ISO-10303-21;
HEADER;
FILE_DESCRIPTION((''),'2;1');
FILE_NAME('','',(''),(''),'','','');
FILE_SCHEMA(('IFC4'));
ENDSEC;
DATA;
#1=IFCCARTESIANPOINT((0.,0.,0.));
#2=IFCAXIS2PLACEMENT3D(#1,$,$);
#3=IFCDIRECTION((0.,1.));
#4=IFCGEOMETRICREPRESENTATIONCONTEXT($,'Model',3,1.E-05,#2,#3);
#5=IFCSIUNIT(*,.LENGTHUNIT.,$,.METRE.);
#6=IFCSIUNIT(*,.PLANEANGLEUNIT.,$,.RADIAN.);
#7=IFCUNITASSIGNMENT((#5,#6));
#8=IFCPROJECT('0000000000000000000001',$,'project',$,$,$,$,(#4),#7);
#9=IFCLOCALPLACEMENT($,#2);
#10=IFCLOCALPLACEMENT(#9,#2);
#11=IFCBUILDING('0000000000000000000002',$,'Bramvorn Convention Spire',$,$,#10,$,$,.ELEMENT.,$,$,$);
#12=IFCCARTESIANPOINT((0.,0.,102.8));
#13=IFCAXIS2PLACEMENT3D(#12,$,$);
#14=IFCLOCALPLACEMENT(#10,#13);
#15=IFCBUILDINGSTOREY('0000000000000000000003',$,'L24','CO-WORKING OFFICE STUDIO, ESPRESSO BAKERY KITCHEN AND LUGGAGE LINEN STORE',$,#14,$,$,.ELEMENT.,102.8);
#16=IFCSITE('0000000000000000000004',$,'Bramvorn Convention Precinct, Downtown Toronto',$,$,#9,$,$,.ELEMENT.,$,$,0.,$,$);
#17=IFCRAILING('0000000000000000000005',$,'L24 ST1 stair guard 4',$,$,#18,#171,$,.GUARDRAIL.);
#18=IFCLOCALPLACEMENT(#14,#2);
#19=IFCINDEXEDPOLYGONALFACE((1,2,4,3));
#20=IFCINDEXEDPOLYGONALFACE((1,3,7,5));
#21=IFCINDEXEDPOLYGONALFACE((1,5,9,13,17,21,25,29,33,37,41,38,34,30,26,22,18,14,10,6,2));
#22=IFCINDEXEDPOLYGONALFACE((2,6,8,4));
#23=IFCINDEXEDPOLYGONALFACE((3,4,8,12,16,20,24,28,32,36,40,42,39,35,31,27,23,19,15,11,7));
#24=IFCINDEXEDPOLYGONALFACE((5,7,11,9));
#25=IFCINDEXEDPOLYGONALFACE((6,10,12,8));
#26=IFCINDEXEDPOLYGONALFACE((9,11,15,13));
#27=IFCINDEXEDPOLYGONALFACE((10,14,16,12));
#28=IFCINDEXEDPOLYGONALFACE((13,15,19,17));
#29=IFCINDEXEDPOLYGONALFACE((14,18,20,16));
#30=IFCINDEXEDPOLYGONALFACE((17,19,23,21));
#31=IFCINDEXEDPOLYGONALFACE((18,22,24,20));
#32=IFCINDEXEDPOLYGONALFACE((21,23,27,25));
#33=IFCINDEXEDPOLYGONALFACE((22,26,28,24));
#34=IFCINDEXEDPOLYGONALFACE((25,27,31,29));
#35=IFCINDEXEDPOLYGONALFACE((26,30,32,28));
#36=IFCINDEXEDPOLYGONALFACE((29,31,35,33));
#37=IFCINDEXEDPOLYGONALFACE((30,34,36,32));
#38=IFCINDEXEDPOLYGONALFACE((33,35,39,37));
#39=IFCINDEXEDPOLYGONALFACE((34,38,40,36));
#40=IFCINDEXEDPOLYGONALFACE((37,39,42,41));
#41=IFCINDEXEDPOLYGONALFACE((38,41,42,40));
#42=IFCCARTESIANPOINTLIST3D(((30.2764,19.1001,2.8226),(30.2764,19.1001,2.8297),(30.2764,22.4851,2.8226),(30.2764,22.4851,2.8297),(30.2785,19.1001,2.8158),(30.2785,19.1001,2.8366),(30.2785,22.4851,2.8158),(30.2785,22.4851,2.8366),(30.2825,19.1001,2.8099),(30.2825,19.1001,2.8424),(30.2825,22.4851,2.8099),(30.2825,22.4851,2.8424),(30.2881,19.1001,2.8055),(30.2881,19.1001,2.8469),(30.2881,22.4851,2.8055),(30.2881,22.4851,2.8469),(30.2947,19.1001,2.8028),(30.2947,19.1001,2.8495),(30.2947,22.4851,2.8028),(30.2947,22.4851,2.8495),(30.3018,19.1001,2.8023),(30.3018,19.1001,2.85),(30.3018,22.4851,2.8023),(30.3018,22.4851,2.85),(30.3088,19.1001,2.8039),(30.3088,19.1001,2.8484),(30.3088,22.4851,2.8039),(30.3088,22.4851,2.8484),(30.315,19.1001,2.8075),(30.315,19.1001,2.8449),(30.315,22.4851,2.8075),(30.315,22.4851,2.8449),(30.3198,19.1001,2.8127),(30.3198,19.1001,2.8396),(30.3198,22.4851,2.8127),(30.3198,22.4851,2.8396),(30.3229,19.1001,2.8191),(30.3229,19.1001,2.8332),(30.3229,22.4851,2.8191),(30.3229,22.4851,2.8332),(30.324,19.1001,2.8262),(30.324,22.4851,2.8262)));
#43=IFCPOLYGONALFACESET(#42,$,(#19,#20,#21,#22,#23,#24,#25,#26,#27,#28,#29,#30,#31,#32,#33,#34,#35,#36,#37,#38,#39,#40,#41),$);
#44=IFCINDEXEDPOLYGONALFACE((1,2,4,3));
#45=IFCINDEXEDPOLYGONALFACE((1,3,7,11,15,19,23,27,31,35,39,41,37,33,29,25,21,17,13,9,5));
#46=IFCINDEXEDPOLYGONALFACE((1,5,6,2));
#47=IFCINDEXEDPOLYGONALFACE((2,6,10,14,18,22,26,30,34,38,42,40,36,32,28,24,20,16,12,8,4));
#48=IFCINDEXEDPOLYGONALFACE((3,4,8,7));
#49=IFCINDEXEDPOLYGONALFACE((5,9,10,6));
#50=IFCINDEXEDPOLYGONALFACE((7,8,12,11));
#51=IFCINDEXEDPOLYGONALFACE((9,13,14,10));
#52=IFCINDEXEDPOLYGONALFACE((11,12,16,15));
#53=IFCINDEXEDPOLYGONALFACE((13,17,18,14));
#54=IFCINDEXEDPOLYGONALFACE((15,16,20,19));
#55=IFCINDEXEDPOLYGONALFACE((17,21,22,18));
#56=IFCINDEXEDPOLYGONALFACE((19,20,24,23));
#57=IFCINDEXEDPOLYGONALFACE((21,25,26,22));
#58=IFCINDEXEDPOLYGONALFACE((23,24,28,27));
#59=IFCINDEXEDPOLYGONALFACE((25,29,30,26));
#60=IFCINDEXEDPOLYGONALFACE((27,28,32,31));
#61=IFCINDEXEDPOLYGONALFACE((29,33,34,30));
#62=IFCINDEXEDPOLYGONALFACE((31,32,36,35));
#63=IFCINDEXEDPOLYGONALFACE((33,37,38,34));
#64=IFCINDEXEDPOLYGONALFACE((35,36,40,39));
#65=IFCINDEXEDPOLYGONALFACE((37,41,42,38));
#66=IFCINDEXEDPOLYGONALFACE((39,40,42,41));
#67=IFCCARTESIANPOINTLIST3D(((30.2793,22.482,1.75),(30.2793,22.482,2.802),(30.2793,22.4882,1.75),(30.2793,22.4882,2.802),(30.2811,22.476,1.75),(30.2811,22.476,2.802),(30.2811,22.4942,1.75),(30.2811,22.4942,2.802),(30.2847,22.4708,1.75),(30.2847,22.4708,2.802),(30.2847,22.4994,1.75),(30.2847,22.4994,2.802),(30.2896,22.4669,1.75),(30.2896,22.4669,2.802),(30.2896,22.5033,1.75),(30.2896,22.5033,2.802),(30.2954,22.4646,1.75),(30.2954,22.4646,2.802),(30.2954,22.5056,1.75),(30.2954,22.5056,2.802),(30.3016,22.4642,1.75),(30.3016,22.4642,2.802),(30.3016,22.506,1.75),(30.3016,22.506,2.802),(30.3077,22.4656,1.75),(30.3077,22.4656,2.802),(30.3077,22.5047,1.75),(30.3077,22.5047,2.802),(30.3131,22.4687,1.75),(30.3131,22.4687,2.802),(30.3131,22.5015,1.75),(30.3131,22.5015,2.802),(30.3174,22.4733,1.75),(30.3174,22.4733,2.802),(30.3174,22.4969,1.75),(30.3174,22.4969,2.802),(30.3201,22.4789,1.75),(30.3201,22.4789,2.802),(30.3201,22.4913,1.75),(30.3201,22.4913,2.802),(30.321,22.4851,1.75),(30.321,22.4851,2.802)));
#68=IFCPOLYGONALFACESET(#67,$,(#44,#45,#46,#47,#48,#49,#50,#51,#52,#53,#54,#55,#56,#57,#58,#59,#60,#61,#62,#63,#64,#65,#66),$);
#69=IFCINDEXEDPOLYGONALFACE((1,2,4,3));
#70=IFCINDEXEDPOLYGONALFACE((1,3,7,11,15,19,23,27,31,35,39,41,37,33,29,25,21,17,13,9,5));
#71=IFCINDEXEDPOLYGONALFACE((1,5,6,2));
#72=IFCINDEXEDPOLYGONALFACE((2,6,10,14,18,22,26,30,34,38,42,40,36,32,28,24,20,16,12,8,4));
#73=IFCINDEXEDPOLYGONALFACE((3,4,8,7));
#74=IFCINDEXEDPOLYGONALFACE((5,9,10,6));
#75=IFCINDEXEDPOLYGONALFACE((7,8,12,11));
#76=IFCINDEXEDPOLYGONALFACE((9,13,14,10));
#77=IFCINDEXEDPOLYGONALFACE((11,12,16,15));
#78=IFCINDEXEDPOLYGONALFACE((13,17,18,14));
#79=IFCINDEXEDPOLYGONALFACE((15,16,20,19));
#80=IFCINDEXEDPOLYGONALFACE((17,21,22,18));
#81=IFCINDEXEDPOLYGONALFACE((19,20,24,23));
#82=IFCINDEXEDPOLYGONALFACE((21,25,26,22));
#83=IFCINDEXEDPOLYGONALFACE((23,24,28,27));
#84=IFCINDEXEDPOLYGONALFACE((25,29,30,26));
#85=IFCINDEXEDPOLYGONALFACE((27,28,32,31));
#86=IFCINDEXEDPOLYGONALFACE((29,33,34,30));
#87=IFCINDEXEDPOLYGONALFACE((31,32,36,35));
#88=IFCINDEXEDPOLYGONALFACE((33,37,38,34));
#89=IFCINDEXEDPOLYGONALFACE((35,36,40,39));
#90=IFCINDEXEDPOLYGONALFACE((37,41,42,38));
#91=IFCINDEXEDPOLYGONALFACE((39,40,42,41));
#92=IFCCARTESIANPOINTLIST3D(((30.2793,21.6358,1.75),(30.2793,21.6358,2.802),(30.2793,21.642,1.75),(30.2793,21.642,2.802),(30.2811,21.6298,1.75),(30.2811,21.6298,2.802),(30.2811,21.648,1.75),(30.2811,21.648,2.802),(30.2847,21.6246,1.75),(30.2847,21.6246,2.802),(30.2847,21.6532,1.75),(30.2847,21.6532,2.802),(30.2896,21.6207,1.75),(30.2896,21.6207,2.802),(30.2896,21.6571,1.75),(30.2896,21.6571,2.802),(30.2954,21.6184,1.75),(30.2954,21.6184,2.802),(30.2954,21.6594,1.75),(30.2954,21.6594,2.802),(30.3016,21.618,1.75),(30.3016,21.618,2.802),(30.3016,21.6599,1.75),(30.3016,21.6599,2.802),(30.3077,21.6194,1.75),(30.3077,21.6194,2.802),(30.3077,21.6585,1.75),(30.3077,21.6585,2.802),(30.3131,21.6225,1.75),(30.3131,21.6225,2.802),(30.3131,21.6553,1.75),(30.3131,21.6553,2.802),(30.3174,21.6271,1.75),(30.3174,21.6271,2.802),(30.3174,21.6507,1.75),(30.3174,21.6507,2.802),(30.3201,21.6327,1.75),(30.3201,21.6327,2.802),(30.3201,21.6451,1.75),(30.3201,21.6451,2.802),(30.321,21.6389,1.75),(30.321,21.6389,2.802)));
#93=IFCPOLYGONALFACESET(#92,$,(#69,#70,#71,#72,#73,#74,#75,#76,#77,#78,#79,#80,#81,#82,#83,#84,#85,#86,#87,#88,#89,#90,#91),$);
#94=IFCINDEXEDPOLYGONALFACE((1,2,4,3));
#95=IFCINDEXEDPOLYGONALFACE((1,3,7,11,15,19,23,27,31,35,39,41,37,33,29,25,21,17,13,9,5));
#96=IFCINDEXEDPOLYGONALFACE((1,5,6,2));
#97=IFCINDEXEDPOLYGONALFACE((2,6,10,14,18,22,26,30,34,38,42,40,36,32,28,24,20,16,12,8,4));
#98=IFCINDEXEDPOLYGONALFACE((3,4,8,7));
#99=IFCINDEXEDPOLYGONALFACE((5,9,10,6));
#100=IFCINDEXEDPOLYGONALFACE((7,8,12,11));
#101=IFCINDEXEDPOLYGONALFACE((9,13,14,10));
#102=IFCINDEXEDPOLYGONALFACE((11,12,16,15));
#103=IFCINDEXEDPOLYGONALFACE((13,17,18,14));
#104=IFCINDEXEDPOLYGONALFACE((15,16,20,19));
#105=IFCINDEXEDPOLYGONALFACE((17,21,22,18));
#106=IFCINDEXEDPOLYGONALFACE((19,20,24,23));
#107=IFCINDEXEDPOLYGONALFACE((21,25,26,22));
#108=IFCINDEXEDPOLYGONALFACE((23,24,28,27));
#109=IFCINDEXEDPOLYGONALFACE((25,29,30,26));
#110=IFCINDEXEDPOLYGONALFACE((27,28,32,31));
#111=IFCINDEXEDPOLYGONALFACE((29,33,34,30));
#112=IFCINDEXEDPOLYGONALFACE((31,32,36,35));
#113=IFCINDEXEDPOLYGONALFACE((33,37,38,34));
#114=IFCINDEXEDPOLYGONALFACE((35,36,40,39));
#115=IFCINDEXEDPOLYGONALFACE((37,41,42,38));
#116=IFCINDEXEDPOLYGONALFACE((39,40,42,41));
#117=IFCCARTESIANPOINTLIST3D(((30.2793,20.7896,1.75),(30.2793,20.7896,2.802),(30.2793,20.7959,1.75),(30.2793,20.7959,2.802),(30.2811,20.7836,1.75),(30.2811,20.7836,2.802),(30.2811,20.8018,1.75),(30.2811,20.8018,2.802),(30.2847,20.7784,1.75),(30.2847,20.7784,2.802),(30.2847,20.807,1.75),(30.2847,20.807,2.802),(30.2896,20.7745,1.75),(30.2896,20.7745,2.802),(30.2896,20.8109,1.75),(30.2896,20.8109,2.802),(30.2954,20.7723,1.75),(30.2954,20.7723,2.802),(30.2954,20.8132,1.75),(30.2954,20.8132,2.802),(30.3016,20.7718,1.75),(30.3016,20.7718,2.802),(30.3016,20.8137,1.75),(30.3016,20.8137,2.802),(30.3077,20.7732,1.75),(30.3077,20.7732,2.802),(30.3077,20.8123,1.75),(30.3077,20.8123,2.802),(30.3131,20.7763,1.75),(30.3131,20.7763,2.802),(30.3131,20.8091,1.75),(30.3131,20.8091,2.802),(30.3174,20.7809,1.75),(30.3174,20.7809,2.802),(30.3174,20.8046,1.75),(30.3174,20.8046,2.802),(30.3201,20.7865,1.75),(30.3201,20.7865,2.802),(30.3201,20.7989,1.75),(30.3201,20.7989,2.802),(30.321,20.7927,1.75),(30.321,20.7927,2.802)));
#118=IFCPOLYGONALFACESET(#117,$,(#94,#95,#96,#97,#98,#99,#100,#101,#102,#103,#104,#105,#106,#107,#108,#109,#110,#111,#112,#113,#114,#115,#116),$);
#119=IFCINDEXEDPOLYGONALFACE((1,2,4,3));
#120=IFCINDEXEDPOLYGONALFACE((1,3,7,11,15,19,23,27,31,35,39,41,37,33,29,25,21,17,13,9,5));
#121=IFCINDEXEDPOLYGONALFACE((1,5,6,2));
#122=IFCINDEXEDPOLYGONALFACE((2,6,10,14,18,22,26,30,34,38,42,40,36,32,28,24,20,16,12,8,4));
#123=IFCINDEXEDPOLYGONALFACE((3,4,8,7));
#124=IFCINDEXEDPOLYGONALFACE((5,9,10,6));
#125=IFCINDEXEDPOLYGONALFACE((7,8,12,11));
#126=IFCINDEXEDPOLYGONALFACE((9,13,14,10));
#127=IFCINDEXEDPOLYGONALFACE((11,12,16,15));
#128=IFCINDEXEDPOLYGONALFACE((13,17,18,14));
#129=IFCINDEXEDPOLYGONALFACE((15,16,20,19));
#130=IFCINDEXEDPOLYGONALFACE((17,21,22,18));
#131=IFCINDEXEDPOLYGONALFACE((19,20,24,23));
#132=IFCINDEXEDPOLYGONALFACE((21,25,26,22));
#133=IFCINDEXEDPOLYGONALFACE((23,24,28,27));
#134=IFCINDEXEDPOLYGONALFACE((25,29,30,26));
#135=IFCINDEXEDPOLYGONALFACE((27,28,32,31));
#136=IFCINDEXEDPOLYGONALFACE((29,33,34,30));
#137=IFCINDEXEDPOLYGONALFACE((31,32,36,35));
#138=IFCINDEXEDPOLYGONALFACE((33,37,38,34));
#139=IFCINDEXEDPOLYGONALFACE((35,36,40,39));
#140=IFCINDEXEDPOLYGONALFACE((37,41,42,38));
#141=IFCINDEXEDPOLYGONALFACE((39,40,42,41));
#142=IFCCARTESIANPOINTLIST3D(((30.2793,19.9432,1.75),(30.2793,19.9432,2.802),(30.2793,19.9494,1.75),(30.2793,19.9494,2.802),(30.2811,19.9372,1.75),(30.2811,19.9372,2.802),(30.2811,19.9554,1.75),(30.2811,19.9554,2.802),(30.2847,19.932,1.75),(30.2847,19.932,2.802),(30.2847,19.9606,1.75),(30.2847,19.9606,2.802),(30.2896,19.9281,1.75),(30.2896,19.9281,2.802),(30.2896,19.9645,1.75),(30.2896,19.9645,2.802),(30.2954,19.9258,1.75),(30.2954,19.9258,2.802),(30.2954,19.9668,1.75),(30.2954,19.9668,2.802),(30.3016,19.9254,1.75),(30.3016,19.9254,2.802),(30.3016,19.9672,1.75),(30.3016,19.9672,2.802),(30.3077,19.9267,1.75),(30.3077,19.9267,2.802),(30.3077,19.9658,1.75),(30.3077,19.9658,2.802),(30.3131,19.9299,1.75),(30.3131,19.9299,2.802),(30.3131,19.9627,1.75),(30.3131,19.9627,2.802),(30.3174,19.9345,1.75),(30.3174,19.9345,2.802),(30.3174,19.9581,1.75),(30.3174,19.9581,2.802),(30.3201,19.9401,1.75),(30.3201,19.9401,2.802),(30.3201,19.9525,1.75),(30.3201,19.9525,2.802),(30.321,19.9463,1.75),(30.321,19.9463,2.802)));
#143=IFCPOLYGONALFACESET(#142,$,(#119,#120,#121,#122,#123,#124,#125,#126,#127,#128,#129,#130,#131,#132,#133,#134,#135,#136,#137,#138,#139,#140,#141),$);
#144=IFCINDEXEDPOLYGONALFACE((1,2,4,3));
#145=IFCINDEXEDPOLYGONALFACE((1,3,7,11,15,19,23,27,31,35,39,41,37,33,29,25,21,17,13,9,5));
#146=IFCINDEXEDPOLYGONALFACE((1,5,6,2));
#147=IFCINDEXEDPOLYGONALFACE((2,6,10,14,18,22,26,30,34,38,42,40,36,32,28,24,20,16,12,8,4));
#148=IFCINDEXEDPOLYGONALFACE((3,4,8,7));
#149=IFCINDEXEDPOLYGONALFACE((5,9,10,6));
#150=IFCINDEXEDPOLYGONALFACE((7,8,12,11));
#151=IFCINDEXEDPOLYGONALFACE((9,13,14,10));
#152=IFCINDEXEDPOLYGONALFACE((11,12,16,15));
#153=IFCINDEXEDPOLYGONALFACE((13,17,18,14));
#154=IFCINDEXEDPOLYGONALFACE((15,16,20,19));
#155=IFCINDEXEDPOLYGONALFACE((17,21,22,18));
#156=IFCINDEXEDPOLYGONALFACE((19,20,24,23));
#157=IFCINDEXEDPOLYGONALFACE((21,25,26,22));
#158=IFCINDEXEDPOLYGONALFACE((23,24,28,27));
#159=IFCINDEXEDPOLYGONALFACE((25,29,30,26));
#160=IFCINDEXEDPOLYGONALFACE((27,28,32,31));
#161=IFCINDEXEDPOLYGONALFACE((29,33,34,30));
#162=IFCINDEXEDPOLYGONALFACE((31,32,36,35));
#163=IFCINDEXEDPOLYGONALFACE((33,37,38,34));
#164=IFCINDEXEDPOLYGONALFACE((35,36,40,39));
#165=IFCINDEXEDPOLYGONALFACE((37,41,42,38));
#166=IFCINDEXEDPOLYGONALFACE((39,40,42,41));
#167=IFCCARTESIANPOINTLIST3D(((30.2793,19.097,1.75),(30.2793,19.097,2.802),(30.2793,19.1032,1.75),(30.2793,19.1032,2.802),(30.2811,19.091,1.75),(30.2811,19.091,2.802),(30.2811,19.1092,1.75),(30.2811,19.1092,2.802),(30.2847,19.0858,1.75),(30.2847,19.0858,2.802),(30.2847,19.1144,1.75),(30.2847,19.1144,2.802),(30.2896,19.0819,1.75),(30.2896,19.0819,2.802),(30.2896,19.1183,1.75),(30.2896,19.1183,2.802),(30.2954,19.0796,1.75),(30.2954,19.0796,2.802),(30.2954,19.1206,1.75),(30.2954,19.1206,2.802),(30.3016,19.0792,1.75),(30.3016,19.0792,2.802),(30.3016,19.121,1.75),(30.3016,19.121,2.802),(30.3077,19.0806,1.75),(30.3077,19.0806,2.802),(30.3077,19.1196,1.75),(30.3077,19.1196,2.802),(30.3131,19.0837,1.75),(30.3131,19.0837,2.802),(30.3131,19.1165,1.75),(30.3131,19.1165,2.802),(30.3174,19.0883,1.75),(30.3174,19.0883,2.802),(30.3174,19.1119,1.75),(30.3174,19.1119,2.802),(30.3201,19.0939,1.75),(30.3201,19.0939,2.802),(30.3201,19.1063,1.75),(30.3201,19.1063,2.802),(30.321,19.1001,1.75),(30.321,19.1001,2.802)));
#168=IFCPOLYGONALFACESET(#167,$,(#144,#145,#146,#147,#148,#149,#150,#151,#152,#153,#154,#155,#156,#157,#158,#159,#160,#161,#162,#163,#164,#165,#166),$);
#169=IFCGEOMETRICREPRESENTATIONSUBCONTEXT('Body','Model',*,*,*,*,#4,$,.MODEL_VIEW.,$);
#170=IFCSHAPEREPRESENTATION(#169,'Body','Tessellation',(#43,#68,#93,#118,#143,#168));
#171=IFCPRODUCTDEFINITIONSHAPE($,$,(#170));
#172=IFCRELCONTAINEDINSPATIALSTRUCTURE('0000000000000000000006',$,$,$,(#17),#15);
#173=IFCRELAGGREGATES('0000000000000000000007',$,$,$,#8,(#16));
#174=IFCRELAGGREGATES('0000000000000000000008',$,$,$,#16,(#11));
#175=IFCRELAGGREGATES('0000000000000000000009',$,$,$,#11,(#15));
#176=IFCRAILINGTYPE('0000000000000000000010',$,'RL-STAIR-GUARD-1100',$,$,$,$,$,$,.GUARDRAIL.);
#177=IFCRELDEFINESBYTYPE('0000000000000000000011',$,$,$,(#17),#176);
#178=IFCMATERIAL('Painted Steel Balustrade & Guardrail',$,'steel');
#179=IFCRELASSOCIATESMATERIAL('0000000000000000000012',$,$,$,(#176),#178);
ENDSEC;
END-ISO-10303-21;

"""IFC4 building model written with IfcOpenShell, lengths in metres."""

from ifc_helpers import new_model, si_unit, direction, frame, origin, origin_2d, place, context, subcontext, project, spatial, circle, extrude, material, type_object, element, save


model = new_model("IFC4")

# Units and contexts
model_context = context("Model", 3, precision=1e-05, world=origin(), true_north=direction((0.0, 1.0)))
body_context = subcontext(model_context, "Body", "Model", "MODEL_VIEW")
ifc_project = project(units=[si_unit("LENGTHUNIT", "METRE"), si_unit("PLANEANGLEUNIT", "RADIAN")], contexts=[model_context])

# Site, building, storey
site_placement = place(None, origin())
site = spatial("IfcSite", under=ifc_project, at=site_placement, Name="Bramvorn Convention Precinct, Downtown Toronto", CompositionType="ELEMENT", RefElevation=0.0)
building_placement = place(site_placement, origin())
building = spatial("IfcBuilding", under=site, at=building_placement, Name="Bramvorn Convention Spire", CompositionType="ELEMENT")
storey_placement = place(building_placement, frame((0.0, 0.0, 102.8)))
storey = spatial("IfcBuildingStorey", under=building, at=storey_placement, Name="L24", Description="CO-WORKING OFFICE STUDIO, ESPRESSO BAKERY KITCHEN AND LUGGAGE LINEN STORE", CompositionType="ELEMENT", Elevation=102.8)

# Railing
ifc_material_1 = material(Name="Painted Steel Balustrade & Guardrail", Category="steel")
railing_type_1 = type_object("IfcRailingType", Name="RL-STAIR-GUARD-1100", PredefinedType="GUARDRAIL", material=ifc_material_1)
for number, where, name in (
    (1, (30.3, 22.4851, 1.75), "L24 ST1 stair guard 4"),
):
    element("IfcRailing", number, at=place(storey_placement, frame(where)), inside=storey, type_object=railing_type_1, Name=name, PredefinedType="GUARDRAIL", context=body_context, shape_type="SweptSolid", body=[
        extrude(circle(Radius=0.0239, at=origin_2d()), frame((0.0, 0.0, 1.0762), z_axis=(0.0, -1.0, 0.0), x_axis=(1.0, 0.0, 0.0)), (0.0, 0.0, 1.0), 3.385),
        extrude(circle(Radius=0.021, at=origin_2d()), origin(), (0.0, 0.0, 1.0), 1.052),
        extrude(circle(Radius=0.021, at=origin_2d()), frame((0.0, -0.8462, 0.0)), (0.0, 0.0, 1.0), 1.052),
        extrude(circle(Radius=0.021, at=origin_2d()), frame((0.0, -1.6924, 0.0)), (0.0, 0.0, 1.0), 1.052),
        extrude(circle(Radius=0.021, at=origin_2d()), frame((0.0, -2.5388, 0.0)), (0.0, 0.0, 1.0), 1.052),
        extrude(circle(Radius=0.021, at=origin_2d()), frame((0.0, -3.385, 0.0)), (0.0, 0.0, 1.0), 1.052),
    ])

save(model, "model.ifc")
